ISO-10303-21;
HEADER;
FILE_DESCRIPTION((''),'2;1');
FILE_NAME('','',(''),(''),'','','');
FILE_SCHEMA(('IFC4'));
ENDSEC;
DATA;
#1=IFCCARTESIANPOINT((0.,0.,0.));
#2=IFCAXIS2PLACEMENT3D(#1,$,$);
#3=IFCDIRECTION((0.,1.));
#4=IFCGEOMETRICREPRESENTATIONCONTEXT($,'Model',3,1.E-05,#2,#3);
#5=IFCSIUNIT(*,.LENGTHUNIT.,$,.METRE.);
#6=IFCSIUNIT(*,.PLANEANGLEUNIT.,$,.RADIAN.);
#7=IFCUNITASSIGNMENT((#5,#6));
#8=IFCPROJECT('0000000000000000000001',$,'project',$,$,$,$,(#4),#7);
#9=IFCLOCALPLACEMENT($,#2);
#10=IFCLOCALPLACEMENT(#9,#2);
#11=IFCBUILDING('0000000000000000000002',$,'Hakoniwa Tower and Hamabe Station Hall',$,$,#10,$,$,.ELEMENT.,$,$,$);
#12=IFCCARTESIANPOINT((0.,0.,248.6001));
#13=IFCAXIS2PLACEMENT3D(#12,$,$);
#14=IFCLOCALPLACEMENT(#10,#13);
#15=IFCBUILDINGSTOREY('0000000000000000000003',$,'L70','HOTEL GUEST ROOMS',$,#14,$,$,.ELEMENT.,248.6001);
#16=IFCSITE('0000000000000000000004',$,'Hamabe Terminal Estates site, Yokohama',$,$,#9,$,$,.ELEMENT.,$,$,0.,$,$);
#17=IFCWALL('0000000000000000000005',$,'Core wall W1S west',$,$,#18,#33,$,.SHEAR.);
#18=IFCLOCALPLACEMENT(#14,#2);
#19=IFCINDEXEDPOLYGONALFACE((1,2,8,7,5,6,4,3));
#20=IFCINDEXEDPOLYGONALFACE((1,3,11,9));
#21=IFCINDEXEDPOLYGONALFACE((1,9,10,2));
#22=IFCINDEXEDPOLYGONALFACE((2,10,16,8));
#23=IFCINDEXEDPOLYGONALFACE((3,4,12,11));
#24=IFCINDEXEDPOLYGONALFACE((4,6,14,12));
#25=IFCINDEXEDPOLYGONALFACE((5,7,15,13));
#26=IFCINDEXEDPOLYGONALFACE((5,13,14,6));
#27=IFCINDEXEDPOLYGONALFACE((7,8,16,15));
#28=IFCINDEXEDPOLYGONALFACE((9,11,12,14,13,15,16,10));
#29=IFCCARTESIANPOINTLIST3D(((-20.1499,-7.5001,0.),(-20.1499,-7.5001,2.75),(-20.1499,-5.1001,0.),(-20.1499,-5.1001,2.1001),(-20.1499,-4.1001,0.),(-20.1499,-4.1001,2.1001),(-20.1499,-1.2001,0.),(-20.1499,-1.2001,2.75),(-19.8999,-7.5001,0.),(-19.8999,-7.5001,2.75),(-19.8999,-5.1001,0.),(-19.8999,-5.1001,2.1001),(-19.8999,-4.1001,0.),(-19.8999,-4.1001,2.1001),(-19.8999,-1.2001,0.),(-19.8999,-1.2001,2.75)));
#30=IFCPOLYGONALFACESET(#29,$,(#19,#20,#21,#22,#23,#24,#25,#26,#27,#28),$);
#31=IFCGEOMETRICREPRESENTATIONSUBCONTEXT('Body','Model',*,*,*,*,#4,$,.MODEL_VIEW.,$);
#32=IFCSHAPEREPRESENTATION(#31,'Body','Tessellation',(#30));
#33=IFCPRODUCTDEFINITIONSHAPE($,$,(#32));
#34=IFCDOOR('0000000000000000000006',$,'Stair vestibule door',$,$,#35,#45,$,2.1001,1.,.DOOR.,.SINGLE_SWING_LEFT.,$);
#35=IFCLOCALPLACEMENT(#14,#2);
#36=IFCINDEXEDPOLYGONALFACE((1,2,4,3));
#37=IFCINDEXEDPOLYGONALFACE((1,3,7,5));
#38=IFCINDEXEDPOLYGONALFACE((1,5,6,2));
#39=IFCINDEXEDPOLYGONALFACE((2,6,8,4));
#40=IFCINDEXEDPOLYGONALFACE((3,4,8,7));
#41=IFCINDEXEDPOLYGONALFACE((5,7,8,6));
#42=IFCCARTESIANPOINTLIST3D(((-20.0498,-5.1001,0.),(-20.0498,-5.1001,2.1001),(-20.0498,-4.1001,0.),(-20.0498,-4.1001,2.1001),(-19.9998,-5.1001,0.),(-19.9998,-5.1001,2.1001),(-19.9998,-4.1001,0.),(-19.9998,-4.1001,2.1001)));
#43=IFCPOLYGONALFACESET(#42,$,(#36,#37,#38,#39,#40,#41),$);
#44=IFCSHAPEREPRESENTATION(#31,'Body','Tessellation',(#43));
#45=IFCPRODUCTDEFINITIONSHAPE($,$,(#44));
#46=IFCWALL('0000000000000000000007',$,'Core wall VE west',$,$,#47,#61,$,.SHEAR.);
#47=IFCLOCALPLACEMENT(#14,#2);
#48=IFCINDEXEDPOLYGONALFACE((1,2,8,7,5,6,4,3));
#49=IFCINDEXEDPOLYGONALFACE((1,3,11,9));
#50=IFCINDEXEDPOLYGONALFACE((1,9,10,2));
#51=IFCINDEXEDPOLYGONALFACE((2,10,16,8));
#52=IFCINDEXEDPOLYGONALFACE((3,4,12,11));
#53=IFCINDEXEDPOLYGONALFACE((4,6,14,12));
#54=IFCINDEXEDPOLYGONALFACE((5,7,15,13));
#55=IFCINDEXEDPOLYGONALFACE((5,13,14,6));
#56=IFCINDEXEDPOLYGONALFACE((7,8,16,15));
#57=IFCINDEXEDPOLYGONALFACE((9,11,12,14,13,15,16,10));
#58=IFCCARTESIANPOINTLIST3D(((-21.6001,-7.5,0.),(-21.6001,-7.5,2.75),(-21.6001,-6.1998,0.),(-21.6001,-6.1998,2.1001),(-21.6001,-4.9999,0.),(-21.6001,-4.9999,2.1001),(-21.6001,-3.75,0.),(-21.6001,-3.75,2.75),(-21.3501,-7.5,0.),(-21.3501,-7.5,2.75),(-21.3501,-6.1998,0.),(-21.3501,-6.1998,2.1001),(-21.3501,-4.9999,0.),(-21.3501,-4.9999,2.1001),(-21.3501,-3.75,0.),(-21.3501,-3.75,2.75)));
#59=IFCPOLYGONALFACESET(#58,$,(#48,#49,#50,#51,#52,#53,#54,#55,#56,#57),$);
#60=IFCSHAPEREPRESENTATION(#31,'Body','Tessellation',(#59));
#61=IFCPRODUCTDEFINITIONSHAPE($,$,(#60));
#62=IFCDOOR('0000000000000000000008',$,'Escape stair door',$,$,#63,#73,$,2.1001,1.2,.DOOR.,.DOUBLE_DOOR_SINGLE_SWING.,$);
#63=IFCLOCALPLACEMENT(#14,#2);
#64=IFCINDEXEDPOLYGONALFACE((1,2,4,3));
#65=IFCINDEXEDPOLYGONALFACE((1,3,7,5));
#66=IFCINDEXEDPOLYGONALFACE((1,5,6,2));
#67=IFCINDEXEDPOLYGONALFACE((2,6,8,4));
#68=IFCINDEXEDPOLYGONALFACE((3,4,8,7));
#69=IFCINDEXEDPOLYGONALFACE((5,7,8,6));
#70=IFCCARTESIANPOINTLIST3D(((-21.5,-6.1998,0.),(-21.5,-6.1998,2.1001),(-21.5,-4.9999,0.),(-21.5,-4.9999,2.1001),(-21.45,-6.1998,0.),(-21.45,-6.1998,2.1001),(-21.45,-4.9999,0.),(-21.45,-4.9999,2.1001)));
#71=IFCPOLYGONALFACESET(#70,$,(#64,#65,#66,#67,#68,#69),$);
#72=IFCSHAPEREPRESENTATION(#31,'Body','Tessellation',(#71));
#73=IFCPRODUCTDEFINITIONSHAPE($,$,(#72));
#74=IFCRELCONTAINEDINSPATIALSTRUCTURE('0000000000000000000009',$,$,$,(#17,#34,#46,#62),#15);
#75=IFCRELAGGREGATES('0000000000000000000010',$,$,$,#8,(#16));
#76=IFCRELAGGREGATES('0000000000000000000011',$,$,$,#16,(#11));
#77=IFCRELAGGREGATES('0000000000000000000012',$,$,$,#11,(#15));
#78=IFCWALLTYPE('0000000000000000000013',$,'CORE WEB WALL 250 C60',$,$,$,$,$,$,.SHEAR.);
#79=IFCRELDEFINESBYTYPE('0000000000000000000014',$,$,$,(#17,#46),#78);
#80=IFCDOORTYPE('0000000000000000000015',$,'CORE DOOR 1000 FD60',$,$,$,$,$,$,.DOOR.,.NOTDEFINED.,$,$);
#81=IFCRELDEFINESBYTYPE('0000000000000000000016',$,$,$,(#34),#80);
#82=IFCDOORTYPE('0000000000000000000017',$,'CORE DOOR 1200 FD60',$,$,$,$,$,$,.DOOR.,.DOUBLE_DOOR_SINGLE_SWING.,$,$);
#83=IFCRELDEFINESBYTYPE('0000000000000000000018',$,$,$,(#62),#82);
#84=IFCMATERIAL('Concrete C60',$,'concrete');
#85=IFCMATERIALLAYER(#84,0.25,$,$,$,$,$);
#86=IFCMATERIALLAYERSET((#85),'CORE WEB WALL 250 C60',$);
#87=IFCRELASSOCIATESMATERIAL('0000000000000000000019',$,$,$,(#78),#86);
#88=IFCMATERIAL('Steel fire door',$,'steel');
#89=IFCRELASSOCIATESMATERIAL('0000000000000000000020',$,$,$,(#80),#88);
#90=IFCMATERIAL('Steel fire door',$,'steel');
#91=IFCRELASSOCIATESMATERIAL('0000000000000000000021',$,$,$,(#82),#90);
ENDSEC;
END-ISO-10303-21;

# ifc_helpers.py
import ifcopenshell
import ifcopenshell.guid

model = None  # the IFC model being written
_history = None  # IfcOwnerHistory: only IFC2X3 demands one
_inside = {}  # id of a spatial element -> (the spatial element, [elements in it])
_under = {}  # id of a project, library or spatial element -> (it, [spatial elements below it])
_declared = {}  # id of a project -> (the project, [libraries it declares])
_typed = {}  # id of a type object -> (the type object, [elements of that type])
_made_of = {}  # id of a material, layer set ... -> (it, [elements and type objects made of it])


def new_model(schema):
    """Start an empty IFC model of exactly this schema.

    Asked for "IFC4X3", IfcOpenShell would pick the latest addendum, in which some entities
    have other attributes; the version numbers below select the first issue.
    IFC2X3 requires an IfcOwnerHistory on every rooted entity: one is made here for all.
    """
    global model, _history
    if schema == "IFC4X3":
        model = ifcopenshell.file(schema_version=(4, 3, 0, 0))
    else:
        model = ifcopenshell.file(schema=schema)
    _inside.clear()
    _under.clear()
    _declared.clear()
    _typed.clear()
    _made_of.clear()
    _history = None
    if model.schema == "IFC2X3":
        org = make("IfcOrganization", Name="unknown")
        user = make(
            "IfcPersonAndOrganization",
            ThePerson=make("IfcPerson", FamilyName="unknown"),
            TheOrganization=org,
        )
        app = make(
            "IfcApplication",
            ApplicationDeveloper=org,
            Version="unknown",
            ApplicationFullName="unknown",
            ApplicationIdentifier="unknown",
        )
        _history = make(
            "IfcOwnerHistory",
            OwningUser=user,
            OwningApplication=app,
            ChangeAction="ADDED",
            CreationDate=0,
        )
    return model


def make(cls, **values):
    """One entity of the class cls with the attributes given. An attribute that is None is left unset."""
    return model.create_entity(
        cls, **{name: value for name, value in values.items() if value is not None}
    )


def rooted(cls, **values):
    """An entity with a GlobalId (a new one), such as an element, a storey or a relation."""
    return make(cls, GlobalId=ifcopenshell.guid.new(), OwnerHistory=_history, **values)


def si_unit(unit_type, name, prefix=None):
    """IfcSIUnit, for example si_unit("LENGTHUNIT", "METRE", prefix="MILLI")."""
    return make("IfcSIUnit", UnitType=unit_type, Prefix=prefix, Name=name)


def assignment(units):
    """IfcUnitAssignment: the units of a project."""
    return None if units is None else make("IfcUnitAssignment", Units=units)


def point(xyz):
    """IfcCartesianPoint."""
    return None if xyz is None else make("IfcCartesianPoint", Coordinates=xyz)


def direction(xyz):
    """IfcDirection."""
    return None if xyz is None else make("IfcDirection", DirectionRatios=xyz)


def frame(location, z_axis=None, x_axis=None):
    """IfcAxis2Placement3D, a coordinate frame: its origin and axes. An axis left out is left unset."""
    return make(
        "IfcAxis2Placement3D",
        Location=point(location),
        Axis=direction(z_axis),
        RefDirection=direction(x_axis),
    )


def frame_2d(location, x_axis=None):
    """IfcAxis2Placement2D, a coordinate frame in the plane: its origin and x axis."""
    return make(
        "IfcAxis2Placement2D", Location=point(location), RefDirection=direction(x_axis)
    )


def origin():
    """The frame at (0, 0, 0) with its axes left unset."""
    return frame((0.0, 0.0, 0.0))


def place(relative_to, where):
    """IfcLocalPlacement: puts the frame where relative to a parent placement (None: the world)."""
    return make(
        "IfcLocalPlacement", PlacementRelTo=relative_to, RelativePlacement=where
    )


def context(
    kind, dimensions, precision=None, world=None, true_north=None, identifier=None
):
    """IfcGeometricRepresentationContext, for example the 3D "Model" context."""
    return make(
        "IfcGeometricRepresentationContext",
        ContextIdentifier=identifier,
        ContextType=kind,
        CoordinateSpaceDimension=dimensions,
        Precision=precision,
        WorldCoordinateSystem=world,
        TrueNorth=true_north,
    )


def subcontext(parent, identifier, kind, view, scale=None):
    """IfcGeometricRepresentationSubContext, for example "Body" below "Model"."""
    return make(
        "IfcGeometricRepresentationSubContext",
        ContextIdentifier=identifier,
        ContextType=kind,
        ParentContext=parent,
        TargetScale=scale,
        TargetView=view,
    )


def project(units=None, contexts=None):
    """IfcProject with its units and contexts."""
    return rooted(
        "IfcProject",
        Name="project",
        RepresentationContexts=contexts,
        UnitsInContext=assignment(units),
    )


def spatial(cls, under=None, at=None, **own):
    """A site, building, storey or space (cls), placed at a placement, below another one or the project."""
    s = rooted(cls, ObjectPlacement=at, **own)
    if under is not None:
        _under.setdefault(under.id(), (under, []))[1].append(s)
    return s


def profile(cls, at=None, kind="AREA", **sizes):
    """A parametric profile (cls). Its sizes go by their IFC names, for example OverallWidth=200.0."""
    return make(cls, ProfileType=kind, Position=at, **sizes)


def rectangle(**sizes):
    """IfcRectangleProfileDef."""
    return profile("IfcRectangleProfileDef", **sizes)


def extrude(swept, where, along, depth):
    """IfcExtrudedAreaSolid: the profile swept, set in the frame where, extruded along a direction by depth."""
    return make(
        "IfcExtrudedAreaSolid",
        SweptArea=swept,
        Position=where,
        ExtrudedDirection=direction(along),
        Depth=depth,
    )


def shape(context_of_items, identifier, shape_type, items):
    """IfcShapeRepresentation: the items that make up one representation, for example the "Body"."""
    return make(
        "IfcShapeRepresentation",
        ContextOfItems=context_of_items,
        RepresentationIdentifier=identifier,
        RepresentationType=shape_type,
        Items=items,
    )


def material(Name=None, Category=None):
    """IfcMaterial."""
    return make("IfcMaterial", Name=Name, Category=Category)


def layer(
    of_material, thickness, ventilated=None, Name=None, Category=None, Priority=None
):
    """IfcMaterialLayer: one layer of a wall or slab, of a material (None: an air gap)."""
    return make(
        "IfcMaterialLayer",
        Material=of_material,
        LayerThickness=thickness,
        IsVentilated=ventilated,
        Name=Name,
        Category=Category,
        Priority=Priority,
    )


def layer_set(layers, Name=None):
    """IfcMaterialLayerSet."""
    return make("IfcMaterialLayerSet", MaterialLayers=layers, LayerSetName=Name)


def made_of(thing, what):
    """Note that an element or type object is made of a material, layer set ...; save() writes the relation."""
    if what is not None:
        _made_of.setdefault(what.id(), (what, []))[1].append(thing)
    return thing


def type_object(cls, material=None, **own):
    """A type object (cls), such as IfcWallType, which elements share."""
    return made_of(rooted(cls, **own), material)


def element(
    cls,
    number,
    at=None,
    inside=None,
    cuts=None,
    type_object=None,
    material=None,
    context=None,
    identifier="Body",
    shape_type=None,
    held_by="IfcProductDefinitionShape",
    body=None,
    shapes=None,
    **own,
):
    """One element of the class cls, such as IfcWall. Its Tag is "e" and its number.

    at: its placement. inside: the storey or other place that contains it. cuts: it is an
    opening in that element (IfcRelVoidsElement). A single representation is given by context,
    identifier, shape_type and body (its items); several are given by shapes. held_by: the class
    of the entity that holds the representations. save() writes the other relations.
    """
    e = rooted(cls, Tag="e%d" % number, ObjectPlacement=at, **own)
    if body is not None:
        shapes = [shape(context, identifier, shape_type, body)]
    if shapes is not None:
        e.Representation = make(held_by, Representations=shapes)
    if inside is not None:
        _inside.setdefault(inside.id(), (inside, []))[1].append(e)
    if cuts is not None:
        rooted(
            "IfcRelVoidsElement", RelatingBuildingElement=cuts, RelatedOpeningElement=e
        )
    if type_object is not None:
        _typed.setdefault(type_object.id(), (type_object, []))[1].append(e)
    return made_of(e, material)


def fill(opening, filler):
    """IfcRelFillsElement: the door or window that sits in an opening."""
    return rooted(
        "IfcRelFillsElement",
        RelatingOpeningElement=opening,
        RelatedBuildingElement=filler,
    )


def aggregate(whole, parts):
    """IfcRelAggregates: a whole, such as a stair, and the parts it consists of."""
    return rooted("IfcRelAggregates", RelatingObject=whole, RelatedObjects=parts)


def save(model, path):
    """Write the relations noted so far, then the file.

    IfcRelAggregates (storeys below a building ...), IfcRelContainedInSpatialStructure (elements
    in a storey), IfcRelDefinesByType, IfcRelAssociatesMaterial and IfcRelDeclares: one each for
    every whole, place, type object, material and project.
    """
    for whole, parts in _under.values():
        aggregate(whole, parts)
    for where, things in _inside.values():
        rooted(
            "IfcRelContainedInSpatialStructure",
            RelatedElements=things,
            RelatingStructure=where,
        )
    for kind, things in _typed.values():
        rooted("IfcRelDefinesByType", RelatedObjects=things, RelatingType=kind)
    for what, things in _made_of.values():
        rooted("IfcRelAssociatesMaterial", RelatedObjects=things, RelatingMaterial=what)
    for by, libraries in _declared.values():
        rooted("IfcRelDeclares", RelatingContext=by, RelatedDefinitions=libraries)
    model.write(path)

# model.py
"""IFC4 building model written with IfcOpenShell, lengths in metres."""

from ifc_helpers import new_model, si_unit, direction, frame, frame_2d, origin, place, context, subcontext, project, spatial, rectangle, extrude, material, layer, layer_set, type_object, element, fill, save


model = new_model("IFC4")

# Units and contexts
model_context = context("Model", 3, precision=1e-05, world=origin(), true_north=direction((0.0, 1.0)))
body_context = subcontext(model_context, "Body", "Model", "MODEL_VIEW")
ifc_project = project(units=[si_unit("LENGTHUNIT", "METRE"), si_unit("PLANEANGLEUNIT", "RADIAN")], contexts=[model_context])

# Site, building, storey
site_placement = place(None, origin())
site = spatial("IfcSite", under=ifc_project, at=site_placement, Name="Hamabe Terminal Estates site, Yokohama", CompositionType="ELEMENT", RefElevation=0.0)
building_placement = place(site_placement, origin())
building = spatial("IfcBuilding", under=site, at=building_placement, Name="Hakoniwa Tower and Hamabe Station Hall", CompositionType="ELEMENT")
storey_placement = place(building_placement, frame((0.0, 0.0, 248.6001)))
storey = spatial("IfcBuildingStorey", under=building, at=storey_placement, Name="L70", Description="HOTEL GUEST ROOMS", CompositionType="ELEMENT", Elevation=248.6001)

# Walls, openings, doors
ifc_material_1 = material(Name="Concrete C60", Category="concrete")
ifc_layer_1 = layer(ifc_material_1, 0.25)
ifc_layer_set_1 = layer_set([ifc_layer_1], Name="CORE WEB WALL 250 C60")
wall_type_1 = type_object("IfcWallType", Name="CORE WEB WALL 250 C60", PredefinedType="SHEAR", material=ifc_layer_set_1)
wall_1_placement = place(storey_placement, frame((-20.0249, -7.5, 0.0), z_axis=(0.0, 0.0, 1.0), x_axis=(0.0, 1.0, 0.0)))
wall_1 = element("IfcWall", 1, at=wall_1_placement, inside=storey, type_object=wall_type_1, Name="Core wall W1S west", PredefinedType="SHEAR", context=body_context, shape_type="SweptSolid", body=[
    extrude(rectangle(XDim=6.3, YDim=0.25, at=frame_2d((3.1499, 0.0))), origin(), (0.0, 0.0, 1.0), 2.75),
])
opening_1_placement = place(wall_1_placement, frame((2.3999, 0.0, 0.0)))
opening_1 = element("IfcOpeningElement", 2, at=opening_1_placement, cuts=wall_1, PredefinedType="OPENING", context=body_context, shape_type="SweptSolid", body=[
    extrude(rectangle(XDim=1.0, YDim=2.1001, at=frame_2d((0.5, 1.05))), frame((0.0, 0.135, 0.0), z_axis=(0.0, -1.0, 0.0), x_axis=(1.0, 0.0, 0.0)), (0.0, 0.0, 1.0), 0.27),
])
ifc_material_2 = material(Name="Steel fire door", Category="steel")
door_type_1 = type_object("IfcDoorType", Name="CORE DOOR 1000 FD60", OperationType="NOTDEFINED", PredefinedType="DOOR", material=ifc_material_2)
door_1_placement = place(opening_1_placement, origin())
door_1 = element("IfcDoor", 3, at=door_1_placement, inside=storey, type_object=door_type_1, Name="Stair vestibule door", OperationType="SINGLE_SWING_LEFT", OverallHeight=2.1001, OverallWidth=1.0, PredefinedType="DOOR", context=body_context, shape_type="SweptSolid", body=[
    extrude(rectangle(XDim=1.0, YDim=2.1001, at=frame_2d((0.5, 1.05))), frame((0.0, 0.0249, 0.0), z_axis=(0.0, -1.0, 0.0), x_axis=(1.0, 0.0, 0.0)), (0.0, 0.0, 1.0), 0.05),
])
fill(opening_1, door_1)
wall_2_placement = place(storey_placement, frame((-21.4751, -7.5, 0.0), z_axis=(0.0, 0.0, 1.0), x_axis=(0.0, 1.0, 0.0)))
wall_2 = element("IfcWall", 4, at=wall_2_placement, inside=storey, type_object=wall_type_1, Name="Core wall VE west", PredefinedType="SHEAR", context=body_context, shape_type="SweptSolid", body=[
    extrude(rectangle(XDim=3.75, YDim=0.25, at=frame_2d((1.875, 0.0))), origin(), (0.0, 0.0, 1.0), 2.75),
])
opening_2_placement = place(wall_2_placement, frame((1.3, 0.0, 0.0)))
opening_2 = element("IfcOpeningElement", 5, at=opening_2_placement, cuts=wall_2, PredefinedType="OPENING", context=body_context, shape_type="SweptSolid", body=[
    extrude(rectangle(XDim=1.2, YDim=2.1001, at=frame_2d((0.6001, 1.05))), frame((0.0, 0.135, 0.0), z_axis=(0.0, -1.0, 0.0), x_axis=(1.0, 0.0, 0.0)), (0.0, 0.0, 1.0), 0.27),
])
ifc_material_3 = material(Name="Steel fire door", Category="steel")
door_type_2 = type_object("IfcDoorType", Name="CORE DOOR 1200 FD60", OperationType="DOUBLE_DOOR_SINGLE_SWING", PredefinedType="DOOR", material=ifc_material_3)
door_2_placement = place(opening_2_placement, origin())
door_2 = element("IfcDoor", 6, at=door_2_placement, inside=storey, type_object=door_type_2, Name="Escape stair door", OperationType="DOUBLE_DOOR_SINGLE_SWING", OverallHeight=2.1001, OverallWidth=1.2, PredefinedType="DOOR", context=body_context, shape_type="SweptSolid", body=[
    extrude(rectangle(XDim=1.2, YDim=2.1001, at=frame_2d((0.6001, 1.05))), frame((0.0, 0.0249, 0.0), z_axis=(0.0, -1.0, 0.0), x_axis=(1.0, 0.0, 0.0)), (0.0, 0.0, 1.0), 0.05),
])
fill(opening_2, door_2)

save(model, "model.ifc")
